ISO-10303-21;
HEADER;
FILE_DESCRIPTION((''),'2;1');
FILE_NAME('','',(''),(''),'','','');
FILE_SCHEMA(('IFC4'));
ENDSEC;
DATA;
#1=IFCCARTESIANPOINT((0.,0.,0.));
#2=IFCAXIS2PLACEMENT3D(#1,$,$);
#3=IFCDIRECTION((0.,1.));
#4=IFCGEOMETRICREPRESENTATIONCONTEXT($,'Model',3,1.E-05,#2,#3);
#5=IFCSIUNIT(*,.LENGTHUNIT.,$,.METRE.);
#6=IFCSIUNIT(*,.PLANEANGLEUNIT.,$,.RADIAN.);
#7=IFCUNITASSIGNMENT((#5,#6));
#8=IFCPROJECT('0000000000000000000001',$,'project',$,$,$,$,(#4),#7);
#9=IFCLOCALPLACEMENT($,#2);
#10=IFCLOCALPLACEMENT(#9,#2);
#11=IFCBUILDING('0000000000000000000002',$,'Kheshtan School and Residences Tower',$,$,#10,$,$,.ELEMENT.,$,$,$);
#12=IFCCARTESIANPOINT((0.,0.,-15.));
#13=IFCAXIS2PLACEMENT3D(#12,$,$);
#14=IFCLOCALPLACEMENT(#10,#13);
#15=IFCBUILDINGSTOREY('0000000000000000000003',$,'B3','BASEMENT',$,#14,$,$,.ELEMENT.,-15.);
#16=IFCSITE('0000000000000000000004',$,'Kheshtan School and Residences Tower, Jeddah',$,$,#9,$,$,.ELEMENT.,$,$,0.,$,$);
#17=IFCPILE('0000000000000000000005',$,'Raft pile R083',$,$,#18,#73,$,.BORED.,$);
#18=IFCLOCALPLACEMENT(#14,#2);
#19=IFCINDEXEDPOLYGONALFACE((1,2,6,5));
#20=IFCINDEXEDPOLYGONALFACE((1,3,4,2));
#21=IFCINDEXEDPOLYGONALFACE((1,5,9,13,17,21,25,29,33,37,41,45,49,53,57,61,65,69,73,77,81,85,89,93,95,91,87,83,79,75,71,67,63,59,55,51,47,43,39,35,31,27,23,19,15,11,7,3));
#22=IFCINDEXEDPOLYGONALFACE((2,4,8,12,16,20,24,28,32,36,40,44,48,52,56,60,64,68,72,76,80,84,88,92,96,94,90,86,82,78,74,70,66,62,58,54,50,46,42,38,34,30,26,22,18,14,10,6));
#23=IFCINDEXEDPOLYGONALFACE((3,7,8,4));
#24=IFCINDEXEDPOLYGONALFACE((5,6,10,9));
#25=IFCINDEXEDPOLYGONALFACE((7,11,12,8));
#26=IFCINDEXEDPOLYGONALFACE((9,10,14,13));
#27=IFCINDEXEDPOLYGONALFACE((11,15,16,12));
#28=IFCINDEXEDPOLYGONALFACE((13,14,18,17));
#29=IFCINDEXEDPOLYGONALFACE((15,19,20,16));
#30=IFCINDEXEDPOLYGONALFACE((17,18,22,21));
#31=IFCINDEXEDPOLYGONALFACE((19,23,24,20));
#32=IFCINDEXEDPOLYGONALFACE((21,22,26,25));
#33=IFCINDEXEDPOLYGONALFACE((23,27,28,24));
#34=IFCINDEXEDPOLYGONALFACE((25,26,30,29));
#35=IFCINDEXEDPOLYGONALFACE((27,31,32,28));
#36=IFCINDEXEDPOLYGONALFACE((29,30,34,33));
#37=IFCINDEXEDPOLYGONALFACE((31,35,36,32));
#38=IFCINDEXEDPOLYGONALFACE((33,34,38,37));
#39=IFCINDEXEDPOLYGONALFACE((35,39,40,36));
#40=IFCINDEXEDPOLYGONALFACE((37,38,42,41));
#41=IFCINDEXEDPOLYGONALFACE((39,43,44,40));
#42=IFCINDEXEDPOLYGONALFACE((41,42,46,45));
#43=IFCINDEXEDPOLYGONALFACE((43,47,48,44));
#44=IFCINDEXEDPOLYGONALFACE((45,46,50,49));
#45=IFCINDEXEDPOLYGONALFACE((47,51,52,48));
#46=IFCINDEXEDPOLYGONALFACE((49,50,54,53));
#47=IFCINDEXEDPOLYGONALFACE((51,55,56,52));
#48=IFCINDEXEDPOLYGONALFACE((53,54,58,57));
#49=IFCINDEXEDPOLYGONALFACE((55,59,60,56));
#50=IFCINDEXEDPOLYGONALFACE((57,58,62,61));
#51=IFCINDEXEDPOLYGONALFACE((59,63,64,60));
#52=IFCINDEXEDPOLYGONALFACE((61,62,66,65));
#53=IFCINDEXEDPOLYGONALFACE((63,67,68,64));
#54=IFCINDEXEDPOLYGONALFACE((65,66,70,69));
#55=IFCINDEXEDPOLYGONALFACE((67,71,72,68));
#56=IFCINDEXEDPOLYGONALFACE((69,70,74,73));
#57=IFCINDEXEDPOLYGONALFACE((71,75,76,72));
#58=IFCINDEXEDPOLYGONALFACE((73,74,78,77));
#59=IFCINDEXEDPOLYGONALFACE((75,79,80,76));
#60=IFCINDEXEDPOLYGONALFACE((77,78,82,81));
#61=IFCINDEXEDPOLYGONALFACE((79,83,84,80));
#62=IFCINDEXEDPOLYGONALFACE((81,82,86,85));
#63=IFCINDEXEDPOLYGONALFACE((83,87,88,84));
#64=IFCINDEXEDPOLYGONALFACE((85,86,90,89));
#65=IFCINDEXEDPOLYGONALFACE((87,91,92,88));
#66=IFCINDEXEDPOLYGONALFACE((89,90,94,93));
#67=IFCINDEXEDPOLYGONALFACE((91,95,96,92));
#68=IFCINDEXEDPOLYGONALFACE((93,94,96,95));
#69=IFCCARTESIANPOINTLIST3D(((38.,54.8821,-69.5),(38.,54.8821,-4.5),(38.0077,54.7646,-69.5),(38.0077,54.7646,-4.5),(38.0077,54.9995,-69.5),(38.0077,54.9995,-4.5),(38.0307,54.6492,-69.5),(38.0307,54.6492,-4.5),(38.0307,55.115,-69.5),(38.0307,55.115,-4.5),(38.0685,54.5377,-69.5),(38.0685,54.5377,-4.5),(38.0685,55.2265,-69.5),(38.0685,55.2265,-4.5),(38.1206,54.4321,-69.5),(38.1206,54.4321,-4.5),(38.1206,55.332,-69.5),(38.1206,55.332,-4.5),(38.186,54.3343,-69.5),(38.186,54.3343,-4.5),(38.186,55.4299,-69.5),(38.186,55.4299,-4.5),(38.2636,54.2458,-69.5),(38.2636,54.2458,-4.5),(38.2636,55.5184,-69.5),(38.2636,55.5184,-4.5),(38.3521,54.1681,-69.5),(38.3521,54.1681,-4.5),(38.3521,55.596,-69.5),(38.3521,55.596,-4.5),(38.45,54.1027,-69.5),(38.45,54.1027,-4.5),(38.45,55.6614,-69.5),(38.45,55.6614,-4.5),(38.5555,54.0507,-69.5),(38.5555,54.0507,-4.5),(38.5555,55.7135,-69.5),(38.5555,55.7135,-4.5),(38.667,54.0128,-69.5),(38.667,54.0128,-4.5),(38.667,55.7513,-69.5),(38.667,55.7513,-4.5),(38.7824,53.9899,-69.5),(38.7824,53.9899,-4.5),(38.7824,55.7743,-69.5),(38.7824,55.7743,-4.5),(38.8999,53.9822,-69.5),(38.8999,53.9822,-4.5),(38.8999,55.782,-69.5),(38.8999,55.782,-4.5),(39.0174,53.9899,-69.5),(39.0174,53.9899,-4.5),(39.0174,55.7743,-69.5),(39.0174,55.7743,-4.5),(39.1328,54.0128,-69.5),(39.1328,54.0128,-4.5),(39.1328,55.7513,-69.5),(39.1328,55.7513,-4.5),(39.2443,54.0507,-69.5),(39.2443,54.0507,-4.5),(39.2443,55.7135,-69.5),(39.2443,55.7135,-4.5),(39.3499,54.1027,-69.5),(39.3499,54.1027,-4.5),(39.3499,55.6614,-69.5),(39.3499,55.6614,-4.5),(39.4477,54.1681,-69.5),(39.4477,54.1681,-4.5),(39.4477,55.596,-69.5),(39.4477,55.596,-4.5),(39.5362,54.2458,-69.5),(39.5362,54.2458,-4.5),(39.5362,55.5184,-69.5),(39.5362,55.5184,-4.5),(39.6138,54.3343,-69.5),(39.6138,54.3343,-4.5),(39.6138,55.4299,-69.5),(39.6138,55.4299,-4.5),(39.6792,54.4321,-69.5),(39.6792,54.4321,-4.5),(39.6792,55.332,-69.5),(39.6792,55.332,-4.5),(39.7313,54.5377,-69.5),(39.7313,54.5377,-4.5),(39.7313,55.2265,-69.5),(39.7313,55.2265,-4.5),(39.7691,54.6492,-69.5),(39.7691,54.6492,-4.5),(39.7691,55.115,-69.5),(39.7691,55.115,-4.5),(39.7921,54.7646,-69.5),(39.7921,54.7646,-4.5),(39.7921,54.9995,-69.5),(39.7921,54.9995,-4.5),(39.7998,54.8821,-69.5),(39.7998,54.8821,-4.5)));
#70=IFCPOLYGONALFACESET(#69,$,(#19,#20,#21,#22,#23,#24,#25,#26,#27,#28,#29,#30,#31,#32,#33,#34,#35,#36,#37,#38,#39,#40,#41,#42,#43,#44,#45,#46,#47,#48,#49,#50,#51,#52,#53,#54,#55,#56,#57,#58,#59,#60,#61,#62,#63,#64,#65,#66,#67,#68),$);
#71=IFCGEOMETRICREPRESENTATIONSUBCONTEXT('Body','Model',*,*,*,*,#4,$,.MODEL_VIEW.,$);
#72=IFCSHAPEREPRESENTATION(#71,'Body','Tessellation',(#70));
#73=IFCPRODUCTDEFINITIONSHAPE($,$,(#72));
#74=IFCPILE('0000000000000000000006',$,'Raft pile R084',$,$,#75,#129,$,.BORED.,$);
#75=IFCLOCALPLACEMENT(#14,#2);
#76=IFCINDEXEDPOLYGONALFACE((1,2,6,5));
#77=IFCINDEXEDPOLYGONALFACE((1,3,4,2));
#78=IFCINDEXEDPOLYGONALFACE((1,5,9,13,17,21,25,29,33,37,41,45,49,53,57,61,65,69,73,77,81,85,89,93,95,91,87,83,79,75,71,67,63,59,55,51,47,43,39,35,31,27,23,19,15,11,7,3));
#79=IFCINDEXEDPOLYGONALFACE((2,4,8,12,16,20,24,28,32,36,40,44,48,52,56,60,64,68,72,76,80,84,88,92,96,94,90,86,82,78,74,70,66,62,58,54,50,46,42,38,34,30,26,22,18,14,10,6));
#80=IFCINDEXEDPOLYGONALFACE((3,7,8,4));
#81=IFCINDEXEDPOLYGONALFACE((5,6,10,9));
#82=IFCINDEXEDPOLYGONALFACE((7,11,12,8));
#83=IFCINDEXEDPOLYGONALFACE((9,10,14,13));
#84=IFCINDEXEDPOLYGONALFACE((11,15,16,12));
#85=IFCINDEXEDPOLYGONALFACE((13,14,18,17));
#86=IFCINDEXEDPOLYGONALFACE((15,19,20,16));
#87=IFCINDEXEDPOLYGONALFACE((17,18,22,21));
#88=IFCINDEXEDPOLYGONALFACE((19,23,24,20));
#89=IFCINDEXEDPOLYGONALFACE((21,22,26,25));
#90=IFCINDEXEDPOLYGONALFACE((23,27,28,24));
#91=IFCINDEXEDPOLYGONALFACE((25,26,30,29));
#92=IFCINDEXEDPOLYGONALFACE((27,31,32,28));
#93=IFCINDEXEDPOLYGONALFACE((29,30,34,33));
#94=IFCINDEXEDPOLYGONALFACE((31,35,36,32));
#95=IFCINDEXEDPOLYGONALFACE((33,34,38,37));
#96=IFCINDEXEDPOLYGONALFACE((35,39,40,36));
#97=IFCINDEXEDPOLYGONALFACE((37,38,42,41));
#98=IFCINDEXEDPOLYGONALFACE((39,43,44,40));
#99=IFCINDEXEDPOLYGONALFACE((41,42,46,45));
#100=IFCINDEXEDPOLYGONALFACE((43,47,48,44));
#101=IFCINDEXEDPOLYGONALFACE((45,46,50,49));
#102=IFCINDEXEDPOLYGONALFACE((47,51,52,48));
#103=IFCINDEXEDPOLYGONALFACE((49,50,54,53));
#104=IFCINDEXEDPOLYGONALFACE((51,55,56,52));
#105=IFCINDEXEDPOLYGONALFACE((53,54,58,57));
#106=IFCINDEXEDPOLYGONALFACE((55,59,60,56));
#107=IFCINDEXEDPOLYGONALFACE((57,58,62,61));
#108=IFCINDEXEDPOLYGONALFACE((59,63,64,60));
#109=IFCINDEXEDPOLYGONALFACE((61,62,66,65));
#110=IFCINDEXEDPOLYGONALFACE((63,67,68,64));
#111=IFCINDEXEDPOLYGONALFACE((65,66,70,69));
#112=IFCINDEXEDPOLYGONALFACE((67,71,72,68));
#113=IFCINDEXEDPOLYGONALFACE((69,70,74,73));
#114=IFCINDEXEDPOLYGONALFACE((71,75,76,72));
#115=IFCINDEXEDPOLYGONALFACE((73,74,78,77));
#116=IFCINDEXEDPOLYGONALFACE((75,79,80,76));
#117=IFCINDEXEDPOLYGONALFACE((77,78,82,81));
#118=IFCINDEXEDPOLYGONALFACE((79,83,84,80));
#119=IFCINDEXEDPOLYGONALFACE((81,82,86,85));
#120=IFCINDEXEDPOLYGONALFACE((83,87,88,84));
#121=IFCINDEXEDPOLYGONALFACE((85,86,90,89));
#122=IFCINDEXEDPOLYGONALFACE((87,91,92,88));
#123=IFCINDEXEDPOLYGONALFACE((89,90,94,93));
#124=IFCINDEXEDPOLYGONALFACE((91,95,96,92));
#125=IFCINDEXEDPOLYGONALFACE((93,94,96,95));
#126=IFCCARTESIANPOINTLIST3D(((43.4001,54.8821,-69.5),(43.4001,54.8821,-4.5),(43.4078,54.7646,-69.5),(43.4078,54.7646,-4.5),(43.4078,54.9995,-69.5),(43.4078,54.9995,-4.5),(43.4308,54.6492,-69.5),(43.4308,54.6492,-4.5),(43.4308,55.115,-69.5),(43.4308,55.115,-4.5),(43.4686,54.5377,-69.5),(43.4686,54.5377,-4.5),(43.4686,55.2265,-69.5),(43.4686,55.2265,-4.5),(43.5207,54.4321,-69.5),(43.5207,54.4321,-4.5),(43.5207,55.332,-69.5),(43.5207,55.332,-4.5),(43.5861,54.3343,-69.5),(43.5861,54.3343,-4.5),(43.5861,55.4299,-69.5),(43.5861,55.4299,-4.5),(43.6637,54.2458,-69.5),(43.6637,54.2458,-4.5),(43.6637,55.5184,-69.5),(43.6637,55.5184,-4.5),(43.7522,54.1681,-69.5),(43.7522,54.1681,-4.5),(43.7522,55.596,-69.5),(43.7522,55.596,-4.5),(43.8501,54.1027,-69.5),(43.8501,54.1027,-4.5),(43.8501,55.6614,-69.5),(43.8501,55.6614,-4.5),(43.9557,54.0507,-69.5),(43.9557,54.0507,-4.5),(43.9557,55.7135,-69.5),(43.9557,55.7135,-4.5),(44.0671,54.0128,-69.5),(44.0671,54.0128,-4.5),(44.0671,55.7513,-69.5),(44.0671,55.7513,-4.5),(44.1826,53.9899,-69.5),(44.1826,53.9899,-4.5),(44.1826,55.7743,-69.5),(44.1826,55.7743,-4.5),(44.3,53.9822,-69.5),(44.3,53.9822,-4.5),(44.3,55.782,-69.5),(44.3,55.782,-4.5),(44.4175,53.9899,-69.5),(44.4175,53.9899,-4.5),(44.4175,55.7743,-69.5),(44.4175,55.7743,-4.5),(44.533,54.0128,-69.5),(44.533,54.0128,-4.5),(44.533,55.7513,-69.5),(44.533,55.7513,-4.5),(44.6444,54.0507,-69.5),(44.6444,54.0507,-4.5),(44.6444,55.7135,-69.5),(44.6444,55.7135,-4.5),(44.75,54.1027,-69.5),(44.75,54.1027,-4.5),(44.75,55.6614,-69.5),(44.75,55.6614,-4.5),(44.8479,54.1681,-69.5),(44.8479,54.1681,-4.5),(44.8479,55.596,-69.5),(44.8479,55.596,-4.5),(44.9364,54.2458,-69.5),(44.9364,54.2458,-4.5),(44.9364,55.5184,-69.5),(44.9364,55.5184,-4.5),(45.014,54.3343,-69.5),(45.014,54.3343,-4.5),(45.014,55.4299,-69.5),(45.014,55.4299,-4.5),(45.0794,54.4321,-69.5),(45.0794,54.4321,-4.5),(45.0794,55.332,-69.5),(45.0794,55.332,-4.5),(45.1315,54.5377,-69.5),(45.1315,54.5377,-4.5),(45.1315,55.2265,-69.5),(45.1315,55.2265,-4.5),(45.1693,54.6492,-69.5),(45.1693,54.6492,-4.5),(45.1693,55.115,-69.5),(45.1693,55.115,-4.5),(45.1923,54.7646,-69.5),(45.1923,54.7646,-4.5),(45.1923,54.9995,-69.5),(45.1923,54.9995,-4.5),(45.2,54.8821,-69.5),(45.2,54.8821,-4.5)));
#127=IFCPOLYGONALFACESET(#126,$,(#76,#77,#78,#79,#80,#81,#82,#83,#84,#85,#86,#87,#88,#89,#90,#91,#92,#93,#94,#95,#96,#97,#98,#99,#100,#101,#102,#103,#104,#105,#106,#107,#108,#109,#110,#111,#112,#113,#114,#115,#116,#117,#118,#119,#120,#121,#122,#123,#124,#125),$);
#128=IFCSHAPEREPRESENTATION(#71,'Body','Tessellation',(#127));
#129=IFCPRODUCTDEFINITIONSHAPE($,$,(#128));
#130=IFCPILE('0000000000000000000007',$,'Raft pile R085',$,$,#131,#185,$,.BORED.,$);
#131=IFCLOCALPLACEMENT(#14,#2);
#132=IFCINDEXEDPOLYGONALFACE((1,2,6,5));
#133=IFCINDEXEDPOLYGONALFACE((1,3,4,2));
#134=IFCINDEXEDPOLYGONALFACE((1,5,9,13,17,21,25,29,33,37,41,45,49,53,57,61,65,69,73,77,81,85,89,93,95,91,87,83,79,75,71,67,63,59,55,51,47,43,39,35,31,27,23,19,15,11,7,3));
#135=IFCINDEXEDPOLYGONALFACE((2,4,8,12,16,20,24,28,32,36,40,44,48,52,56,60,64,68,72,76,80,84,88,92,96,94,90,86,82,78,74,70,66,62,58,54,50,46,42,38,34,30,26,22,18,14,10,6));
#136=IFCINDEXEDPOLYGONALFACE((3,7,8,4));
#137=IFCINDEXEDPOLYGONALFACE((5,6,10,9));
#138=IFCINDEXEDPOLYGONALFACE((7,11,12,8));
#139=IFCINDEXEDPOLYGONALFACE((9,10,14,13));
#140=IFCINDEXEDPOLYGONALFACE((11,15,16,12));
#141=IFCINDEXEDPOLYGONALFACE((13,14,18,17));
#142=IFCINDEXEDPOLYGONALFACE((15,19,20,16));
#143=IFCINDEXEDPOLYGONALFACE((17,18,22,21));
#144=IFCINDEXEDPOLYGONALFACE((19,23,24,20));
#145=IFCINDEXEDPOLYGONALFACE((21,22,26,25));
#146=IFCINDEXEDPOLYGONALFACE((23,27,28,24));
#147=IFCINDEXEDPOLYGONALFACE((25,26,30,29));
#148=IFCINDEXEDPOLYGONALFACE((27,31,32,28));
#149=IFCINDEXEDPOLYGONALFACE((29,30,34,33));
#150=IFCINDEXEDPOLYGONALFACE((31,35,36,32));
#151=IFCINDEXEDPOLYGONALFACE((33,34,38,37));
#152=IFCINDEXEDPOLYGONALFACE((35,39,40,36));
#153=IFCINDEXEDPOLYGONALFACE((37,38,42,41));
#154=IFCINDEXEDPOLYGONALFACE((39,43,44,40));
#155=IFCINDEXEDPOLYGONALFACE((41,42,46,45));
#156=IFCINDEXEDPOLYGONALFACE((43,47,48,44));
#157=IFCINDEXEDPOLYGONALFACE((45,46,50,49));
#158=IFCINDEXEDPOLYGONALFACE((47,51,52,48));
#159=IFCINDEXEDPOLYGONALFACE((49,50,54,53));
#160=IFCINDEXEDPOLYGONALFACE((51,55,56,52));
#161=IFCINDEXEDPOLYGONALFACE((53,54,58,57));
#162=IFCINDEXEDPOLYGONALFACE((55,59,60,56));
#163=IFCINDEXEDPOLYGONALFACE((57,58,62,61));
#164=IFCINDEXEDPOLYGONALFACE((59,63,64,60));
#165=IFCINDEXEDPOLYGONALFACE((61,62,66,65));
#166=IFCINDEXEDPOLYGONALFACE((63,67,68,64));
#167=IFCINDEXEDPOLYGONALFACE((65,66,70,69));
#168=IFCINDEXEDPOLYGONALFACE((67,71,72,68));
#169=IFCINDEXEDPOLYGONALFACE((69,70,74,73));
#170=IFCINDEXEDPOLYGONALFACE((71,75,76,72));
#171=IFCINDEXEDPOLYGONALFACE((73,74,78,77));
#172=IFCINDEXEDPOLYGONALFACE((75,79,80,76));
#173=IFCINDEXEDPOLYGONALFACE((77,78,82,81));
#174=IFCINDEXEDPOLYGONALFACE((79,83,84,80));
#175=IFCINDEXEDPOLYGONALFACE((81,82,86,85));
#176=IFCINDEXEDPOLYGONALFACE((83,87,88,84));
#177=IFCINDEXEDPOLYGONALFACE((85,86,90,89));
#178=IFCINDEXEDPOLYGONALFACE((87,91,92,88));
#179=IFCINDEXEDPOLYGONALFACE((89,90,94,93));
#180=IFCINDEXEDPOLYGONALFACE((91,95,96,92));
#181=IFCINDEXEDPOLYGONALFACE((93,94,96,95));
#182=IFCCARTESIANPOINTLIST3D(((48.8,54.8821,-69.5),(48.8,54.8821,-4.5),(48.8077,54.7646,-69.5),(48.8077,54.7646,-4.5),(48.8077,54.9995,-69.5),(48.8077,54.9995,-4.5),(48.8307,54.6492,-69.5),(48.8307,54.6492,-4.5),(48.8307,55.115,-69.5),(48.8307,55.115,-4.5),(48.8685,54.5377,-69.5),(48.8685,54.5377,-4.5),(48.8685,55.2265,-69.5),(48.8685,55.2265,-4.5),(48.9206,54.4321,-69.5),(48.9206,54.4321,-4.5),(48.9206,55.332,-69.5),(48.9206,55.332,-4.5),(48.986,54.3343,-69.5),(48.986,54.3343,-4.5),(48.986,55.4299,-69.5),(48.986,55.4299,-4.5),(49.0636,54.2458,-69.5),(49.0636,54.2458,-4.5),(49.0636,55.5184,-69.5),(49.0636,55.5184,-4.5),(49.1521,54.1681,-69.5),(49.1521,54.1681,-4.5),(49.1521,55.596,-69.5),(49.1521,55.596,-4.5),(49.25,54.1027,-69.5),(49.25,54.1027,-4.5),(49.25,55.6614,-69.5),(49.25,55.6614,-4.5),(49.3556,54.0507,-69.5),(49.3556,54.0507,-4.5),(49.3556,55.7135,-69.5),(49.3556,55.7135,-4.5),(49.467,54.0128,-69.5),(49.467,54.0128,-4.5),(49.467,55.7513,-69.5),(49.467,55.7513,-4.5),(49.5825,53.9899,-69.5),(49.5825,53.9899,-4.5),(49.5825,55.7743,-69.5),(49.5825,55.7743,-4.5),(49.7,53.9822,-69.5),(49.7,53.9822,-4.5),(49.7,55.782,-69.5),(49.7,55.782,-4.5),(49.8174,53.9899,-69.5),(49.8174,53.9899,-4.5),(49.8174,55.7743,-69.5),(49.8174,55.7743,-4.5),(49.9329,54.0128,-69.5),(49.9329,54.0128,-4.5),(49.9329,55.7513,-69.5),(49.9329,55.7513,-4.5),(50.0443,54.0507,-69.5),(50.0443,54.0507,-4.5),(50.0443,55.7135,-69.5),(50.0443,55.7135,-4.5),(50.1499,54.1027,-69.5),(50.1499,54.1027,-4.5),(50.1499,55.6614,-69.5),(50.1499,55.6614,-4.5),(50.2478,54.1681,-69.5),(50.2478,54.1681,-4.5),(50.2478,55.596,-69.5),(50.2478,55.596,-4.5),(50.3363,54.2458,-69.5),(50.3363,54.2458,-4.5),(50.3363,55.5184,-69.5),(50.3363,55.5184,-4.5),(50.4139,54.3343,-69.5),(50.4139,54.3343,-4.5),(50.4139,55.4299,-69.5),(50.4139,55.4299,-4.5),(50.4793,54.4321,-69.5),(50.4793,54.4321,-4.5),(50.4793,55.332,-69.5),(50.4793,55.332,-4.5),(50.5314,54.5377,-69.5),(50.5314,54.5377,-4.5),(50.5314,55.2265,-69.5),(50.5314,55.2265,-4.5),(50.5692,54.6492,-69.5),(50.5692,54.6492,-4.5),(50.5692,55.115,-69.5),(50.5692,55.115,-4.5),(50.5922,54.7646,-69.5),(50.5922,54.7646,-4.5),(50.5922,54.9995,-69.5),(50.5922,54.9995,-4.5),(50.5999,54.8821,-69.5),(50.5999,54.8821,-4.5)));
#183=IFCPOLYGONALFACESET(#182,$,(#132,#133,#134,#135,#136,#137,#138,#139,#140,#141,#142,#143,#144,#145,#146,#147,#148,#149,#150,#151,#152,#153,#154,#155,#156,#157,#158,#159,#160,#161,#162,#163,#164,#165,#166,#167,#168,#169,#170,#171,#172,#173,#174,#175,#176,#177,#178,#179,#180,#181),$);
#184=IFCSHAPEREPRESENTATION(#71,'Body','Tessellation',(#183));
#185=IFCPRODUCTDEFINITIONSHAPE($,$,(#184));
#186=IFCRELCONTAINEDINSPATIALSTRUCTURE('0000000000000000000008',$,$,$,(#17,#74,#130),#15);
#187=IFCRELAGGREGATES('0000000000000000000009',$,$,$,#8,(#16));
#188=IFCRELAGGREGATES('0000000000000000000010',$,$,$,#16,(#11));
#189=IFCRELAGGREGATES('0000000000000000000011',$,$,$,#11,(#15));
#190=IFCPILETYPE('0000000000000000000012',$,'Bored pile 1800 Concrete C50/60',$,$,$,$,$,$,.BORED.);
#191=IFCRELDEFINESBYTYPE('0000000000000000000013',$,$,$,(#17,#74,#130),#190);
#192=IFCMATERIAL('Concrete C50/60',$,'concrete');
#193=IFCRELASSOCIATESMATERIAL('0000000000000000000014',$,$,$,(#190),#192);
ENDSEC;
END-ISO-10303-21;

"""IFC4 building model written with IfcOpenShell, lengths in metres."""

from ifc_helpers import new_model, si_unit, direction, frame, origin, origin_2d, place, context, subcontext, project, spatial, circle, extrude, material, material_profile, profile_set, type_object, element, save


model = new_model("IFC4")

# Units and contexts
model_context = context("Model", 3, precision=1e-05, world=origin(), true_north=direction((0.0, 1.0)))
body_context = subcontext(model_context, "Body", "Model", "MODEL_VIEW")
ifc_project = project(units=[si_unit("LENGTHUNIT", "METRE"), si_unit("PLANEANGLEUNIT", "RADIAN")], contexts=[model_context])

# Site, building, storey
site_placement = place(None, origin())
site = spatial("IfcSite", under=ifc_project, at=site_placement, Name="Kheshtan School and Residences Tower, Jeddah", CompositionType="ELEMENT", RefElevation=0.0)
building_placement = place(site_placement, origin())
building = spatial("IfcBuilding", under=site, at=building_placement, Name="Kheshtan School and Residences Tower", CompositionType="ELEMENT")
storey_placement = place(building_placement, frame((0.0, 0.0, -15.0)))
storey = spatial("IfcBuildingStorey", under=building, at=storey_placement, Name="B3", Description="BASEMENT", CompositionType="ELEMENT", Elevation=-15.0)

# Piles
ifc_material_1 = material(Name="Concrete C50/60", Category="concrete")
ifc_material_profile_1 = material_profile(ifc_material_1, circle(Radius=0.8999, at=origin_2d()), Name="BP 1800")
ifc_profile_set_1 = profile_set([ifc_material_profile_1], Name="Concrete C50/60")
pile_type = type_object("IfcPileType", Name="Bored pile 1800 Concrete C50/60", PredefinedType="BORED", material=ifc_profile_set_1)
for number, where, z_axis, x_axis, name in (
    (1, (38.8999, 54.8821, -4.5), (0.0, 0.0, -1.0), (1.0, 0.0, 0.0), "Raft pile R083"),
    (2, (44.3, 54.8821, -4.5), (0.0, 0.0, -1.0), (1.0, 0.0, 0.0), "Raft pile R084"),
    (3, (49.7, 54.8821, -4.5), (0.0, 0.0, -1.0), (1.0, 0.0, 0.0), "Raft pile R085"),
):
    element("IfcPile", number, at=place(storey_placement, frame(where, z_axis=z_axis, x_axis=x_axis)), inside=storey, type_object=pile_type, Name=name, PredefinedType="BORED", context=body_context, shape_type="SweptSolid", body=[
        extrude(circle(Radius=0.8999, at=origin_2d()), origin(), (0.0, 0.0, 1.0), 65.0),
    ])

save(model, "model.ifc")
